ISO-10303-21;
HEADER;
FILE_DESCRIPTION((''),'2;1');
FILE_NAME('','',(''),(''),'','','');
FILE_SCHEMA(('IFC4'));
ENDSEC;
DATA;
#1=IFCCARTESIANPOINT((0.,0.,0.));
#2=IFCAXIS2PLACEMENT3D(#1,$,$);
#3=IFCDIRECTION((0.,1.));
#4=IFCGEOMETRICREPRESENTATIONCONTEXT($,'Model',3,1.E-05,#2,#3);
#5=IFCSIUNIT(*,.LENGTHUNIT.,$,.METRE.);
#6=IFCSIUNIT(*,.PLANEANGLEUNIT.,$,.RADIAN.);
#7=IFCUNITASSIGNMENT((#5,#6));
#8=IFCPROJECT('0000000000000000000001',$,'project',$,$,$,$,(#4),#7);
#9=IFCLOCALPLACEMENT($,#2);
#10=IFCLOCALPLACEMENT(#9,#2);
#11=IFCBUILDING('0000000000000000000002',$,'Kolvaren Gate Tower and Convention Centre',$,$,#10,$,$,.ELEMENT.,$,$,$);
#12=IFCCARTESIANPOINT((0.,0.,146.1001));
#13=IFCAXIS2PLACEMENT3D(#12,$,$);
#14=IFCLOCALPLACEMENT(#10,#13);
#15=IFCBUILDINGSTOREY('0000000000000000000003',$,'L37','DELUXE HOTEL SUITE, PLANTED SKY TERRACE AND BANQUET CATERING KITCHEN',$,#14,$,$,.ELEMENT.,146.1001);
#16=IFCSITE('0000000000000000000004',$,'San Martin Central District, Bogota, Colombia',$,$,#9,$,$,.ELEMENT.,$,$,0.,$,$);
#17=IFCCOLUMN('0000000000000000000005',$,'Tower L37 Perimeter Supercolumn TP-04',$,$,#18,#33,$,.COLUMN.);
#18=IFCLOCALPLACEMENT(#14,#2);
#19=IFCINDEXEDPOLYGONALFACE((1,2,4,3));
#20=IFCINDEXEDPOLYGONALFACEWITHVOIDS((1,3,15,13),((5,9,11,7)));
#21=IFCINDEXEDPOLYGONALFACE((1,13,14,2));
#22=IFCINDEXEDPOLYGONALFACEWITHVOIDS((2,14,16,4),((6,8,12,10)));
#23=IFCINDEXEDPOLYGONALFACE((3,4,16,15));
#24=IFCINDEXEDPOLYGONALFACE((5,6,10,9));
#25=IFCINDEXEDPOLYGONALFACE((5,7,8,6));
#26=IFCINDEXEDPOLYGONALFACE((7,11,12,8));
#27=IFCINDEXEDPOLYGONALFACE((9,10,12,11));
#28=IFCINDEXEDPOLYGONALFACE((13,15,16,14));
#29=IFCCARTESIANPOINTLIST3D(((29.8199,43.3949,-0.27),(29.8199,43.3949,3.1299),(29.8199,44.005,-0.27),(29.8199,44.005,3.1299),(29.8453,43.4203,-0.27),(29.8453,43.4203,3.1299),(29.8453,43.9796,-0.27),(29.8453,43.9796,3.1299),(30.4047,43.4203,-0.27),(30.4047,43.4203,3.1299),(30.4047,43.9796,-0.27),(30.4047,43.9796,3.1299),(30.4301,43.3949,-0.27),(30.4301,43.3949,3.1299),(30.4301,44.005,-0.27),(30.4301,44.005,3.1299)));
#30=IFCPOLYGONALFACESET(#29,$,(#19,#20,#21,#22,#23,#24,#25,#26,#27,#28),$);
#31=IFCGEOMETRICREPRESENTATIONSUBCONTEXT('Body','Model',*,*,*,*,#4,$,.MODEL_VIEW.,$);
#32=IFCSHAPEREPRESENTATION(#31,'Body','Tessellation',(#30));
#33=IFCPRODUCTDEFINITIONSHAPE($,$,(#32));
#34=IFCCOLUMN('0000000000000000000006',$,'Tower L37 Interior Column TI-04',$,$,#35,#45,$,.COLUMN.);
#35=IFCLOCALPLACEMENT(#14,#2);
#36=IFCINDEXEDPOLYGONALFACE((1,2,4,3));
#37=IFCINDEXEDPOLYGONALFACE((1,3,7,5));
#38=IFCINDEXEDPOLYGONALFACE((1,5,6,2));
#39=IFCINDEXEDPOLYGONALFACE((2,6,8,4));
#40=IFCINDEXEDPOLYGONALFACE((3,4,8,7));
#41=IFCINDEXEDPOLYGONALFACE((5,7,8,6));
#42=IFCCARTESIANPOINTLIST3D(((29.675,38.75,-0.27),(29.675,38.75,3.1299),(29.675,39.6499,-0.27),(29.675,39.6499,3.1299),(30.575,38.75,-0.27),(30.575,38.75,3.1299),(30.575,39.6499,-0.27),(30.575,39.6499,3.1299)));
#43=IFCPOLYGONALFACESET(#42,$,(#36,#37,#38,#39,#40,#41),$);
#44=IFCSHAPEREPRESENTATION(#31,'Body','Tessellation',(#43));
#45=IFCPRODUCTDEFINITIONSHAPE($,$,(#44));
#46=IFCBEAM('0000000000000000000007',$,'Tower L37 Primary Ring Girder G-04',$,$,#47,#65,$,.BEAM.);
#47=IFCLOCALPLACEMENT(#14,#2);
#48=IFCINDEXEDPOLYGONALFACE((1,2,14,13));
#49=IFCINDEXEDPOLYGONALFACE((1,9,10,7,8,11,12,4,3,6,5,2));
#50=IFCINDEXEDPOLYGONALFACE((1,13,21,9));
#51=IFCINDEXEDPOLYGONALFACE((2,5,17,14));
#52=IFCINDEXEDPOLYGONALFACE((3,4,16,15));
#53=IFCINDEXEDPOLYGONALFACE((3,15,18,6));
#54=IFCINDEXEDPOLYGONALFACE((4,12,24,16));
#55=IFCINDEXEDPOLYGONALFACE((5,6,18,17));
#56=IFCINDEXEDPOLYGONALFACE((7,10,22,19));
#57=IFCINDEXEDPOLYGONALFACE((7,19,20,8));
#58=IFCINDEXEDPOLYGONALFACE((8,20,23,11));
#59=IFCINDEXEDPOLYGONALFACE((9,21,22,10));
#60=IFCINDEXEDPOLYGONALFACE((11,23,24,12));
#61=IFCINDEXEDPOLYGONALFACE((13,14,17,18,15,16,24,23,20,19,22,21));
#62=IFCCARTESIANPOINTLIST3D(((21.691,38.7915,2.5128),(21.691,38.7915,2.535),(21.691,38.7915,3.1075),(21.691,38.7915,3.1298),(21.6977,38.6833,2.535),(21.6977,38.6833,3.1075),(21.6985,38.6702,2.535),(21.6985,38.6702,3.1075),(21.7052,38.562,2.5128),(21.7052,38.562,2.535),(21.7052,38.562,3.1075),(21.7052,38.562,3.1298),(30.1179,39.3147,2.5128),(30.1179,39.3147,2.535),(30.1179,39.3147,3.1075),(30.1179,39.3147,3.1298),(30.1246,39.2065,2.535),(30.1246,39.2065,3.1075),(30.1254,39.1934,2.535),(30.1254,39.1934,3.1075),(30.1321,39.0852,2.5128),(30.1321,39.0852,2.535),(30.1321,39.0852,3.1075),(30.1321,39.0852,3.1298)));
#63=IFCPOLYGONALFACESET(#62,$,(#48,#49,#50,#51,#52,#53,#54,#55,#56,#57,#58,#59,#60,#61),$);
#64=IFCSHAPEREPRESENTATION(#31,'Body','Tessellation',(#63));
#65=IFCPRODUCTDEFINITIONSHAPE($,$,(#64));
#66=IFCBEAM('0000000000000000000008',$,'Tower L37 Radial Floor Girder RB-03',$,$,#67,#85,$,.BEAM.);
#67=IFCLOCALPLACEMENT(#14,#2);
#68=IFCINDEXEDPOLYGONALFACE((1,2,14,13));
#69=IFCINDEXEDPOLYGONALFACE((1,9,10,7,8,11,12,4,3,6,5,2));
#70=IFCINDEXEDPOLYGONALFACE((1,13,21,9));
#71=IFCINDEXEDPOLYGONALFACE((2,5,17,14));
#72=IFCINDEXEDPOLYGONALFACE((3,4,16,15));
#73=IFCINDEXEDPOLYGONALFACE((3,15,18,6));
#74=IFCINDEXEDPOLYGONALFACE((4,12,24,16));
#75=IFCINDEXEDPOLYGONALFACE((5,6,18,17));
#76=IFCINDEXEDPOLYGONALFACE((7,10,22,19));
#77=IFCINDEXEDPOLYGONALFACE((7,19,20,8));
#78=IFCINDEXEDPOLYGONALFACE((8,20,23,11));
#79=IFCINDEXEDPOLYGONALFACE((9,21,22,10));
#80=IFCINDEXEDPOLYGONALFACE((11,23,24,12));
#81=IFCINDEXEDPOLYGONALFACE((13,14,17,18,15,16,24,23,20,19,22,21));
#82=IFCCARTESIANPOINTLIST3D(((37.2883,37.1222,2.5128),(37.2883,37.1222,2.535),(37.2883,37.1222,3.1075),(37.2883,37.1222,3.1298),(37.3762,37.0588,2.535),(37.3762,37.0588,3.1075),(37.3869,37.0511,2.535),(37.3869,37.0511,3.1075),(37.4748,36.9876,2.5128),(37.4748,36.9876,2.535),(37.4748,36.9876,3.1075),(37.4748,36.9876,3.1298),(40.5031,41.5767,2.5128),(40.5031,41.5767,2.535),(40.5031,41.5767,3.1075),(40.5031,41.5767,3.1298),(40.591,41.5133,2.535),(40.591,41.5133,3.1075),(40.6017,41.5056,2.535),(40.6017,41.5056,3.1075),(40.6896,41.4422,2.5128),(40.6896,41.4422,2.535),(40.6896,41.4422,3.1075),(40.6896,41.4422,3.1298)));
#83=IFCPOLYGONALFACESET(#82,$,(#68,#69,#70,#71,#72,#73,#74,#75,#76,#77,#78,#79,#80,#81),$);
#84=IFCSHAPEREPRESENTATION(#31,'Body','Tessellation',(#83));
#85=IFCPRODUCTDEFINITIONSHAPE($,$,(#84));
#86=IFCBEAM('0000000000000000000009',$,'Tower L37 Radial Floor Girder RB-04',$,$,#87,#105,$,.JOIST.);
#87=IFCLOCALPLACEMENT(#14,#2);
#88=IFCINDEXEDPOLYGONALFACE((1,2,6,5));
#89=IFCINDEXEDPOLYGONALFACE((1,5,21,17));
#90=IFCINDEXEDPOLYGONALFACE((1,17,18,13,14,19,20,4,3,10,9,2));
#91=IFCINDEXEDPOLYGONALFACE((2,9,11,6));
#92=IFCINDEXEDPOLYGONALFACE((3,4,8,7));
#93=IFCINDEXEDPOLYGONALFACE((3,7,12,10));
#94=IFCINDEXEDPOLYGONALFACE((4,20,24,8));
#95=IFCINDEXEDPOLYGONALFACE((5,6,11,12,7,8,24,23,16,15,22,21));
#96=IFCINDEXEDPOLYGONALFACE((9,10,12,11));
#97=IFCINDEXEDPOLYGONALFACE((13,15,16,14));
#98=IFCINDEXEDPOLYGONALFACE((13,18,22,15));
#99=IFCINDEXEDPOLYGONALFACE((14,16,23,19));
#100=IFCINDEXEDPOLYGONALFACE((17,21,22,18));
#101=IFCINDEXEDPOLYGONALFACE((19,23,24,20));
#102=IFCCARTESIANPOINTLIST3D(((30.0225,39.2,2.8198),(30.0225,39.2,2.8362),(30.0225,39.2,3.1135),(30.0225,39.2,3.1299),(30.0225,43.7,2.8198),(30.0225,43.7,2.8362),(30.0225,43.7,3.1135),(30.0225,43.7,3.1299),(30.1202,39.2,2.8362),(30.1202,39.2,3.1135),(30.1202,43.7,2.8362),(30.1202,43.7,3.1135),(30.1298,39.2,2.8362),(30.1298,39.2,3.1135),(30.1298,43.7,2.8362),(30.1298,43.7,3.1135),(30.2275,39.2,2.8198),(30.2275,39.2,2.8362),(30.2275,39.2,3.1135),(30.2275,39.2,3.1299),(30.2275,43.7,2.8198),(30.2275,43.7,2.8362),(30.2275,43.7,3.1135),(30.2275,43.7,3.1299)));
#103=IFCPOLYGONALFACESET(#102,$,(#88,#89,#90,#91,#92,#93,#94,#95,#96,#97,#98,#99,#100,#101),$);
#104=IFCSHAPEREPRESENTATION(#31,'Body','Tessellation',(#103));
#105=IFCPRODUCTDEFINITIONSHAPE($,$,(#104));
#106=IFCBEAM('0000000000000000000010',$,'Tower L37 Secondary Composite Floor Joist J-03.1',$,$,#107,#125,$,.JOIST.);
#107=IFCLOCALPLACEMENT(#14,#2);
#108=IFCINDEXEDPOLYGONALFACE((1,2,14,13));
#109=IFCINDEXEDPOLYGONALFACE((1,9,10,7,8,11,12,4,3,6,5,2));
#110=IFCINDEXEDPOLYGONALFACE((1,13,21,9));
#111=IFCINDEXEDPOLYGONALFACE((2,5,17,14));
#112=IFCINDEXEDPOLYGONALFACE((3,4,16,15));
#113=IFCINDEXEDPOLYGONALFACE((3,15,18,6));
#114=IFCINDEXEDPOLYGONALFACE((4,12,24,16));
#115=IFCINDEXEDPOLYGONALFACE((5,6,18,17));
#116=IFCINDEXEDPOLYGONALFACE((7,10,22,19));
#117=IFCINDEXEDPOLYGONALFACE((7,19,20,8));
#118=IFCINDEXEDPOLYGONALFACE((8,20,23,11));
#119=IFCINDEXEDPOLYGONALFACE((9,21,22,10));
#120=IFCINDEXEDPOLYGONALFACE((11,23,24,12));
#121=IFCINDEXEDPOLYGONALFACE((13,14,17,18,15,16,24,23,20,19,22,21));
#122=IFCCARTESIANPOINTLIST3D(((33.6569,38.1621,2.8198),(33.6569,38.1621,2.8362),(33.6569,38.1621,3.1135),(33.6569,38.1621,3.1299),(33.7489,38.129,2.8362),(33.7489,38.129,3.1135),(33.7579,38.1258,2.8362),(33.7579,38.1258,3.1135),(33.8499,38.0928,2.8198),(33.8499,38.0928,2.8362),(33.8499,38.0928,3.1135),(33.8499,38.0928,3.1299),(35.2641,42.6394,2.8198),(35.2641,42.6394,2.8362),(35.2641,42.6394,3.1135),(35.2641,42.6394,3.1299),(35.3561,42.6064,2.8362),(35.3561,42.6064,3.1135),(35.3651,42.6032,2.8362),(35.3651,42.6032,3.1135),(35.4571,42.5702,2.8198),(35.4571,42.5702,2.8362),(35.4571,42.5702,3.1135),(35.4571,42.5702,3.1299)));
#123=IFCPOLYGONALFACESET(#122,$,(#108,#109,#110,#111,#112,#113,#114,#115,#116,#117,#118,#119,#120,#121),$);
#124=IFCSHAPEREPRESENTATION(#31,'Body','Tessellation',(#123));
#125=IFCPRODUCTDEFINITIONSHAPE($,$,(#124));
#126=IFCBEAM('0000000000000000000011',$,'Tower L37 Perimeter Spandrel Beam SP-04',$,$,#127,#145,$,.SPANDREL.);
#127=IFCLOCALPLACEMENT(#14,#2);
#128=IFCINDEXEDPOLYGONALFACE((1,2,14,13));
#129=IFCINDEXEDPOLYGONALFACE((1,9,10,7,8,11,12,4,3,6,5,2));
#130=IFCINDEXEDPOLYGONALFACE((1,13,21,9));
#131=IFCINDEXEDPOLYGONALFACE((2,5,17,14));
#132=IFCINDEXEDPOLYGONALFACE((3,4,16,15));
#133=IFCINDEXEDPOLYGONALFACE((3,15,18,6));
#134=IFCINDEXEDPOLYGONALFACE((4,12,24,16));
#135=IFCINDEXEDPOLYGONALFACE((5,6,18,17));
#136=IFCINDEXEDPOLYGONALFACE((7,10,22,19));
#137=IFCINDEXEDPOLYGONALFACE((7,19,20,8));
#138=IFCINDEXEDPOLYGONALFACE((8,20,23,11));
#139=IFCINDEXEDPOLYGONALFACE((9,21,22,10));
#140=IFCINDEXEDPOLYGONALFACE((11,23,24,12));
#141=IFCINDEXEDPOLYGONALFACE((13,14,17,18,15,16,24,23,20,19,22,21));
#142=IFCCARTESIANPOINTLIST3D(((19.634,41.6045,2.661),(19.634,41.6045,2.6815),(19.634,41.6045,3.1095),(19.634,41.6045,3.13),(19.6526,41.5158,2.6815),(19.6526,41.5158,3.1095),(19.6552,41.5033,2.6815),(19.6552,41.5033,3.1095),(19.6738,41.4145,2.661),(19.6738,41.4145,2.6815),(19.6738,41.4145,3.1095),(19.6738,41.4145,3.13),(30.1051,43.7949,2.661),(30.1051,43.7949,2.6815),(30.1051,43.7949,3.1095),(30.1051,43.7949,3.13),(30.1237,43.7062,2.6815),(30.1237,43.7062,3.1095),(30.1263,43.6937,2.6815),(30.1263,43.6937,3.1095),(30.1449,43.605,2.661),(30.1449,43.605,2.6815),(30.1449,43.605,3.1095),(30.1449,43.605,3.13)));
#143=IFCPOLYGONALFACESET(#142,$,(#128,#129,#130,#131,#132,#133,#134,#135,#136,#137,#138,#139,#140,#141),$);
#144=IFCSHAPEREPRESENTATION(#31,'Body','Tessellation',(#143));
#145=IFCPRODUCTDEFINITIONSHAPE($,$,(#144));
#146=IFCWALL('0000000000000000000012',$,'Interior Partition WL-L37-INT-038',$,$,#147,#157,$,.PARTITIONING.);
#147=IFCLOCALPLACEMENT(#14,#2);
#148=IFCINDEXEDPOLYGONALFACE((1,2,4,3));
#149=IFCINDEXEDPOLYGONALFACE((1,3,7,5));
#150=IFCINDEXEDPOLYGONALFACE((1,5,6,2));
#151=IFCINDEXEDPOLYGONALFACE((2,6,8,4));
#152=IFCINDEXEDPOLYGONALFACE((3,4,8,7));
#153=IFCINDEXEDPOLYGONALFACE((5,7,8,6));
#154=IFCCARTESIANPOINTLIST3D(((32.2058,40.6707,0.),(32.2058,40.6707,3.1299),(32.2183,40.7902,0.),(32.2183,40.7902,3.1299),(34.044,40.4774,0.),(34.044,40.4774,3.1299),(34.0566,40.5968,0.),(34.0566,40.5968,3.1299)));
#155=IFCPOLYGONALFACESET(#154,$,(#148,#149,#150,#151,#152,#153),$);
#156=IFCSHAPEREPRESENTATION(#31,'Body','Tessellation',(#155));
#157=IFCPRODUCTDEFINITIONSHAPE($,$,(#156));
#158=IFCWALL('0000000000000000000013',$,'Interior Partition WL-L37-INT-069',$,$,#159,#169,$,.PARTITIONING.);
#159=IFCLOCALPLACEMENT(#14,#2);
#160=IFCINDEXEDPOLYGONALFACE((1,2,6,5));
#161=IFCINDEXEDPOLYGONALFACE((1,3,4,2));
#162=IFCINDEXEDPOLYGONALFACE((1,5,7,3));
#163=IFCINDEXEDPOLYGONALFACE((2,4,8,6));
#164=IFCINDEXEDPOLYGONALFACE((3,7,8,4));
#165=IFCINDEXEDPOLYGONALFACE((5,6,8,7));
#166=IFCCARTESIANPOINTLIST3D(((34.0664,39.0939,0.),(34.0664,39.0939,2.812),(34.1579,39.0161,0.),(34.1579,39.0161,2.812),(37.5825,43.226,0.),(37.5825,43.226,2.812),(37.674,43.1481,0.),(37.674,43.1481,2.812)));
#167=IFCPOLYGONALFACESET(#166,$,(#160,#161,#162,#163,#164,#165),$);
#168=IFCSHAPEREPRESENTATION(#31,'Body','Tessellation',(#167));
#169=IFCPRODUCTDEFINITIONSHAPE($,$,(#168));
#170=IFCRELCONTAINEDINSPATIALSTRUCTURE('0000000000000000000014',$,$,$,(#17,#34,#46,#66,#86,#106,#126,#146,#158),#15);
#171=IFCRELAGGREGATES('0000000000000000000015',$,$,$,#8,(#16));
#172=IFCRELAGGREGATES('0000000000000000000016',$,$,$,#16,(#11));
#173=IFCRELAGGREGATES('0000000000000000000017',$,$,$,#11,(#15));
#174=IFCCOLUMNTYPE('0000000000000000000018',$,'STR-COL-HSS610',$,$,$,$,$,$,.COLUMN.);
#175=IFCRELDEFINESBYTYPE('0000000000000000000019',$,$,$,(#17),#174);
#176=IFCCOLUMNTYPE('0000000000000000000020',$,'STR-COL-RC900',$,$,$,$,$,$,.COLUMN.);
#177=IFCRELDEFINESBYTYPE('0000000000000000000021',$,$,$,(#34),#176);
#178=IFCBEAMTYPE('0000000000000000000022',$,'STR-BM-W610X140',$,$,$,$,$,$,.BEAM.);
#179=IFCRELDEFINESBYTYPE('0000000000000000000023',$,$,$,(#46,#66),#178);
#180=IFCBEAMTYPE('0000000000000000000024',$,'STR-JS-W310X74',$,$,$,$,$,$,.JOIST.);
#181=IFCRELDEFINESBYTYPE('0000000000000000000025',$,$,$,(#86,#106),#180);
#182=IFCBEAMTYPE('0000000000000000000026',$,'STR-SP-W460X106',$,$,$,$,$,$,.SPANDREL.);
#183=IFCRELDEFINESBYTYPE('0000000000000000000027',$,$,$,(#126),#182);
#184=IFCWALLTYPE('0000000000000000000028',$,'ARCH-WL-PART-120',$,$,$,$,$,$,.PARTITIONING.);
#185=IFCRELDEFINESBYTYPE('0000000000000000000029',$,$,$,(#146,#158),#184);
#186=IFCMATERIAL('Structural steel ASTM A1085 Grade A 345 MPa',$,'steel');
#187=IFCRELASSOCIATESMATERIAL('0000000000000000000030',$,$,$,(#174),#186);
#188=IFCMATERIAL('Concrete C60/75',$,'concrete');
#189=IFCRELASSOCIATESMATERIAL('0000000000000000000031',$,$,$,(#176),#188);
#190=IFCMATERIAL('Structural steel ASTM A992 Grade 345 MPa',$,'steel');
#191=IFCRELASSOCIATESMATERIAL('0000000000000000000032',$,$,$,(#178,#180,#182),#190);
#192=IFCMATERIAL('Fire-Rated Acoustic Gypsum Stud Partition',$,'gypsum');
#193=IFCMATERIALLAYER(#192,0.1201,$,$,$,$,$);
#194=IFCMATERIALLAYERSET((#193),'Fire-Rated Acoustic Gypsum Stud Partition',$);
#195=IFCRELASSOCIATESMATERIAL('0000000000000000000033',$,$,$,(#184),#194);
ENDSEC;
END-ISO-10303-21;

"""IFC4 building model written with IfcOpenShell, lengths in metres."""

from ifc_helpers import new_model, si_unit, direction, frame, frame_2d, origin, origin_2d, place, context, subcontext, project, spatial, rectangle, hollow_rectangle, i_section, extrude, material, layer, layer_set, material_profile, profile_set, type_object, element, save


model = new_model("IFC4")

# Units and contexts
model_context = context("Model", 3, precision=1e-05, world=origin(), true_north=direction((0.0, 1.0)))
body_context = subcontext(model_context, "Body", "Model", "MODEL_VIEW")
ifc_project = project(units=[si_unit("LENGTHUNIT", "METRE"), si_unit("PLANEANGLEUNIT", "RADIAN")], contexts=[model_context])

# Site, building, storey
site_placement = place(None, origin())
site = spatial("IfcSite", under=ifc_project, at=site_placement, Name="San Martin Central District, Bogota, Colombia", CompositionType="ELEMENT", RefElevation=0.0)
building_placement = place(site_placement, origin())
building = spatial("IfcBuilding", under=site, at=building_placement, Name="Kolvaren Gate Tower and Convention Centre", CompositionType="ELEMENT")
storey_placement = place(building_placement, frame((0.0, 0.0, 146.1001)))
storey = spatial("IfcBuildingStorey", under=building, at=storey_placement, Name="L37", Description="DELUXE HOTEL SUITE, PLANTED SKY TERRACE AND BANQUET CATERING KITCHEN", CompositionType="ELEMENT", Elevation=146.1001)

# Columns
ifc_material_1 = material(Name="Structural steel ASTM A1085 Grade A 345 MPa", Category="steel")
ifc_material_profile_1 = material_profile(ifc_material_1, hollow_rectangle(XDim=0.6101, YDim=0.6101, WallThickness=0.0254, at=origin_2d()), Name="HSS610X610X25.4")
ifc_profile_set_1 = profile_set([ifc_material_profile_1], Name="Structural steel ASTM A1085 Grade A 345 MPa")
column_type_1 = type_object("IfcColumnType", Name="STR-COL-HSS610", PredefinedType="COLUMN", material=ifc_profile_set_1)
column_1_placement = place(storey_placement, frame((30.125, 43.7, -0.27), z_axis=(0.0, 0.0, 1.0), x_axis=(1.0, 0.0, 0.0)))
element("IfcColumn", 1, at=column_1_placement, inside=storey, type_object=column_type_1, Name="Tower L37 Perimeter Supercolumn TP-04", PredefinedType="COLUMN", context=body_context, shape_type="SweptSolid", body=[
    extrude(hollow_rectangle(XDim=0.6101, YDim=0.6101, WallThickness=0.0254, at=origin_2d()), origin(), (0.0, 0.0, 1.0), 3.3999),
])
ifc_material_2 = material(Name="Concrete C60/75", Category="concrete")
ifc_material_profile_2 = material_profile(ifc_material_2, rectangle(XDim=0.8999, YDim=0.8999, at=origin_2d()), Name="RC-COL-900X900")
ifc_profile_set_2 = profile_set([ifc_material_profile_2], Name="Concrete C60/75")
column_type_2 = type_object("IfcColumnType", Name="STR-COL-RC900", PredefinedType="COLUMN", material=ifc_profile_set_2)
column_2_placement = place(storey_placement, frame((30.125, 39.2, -0.27), z_axis=(0.0, 0.0, 1.0), x_axis=(1.0, 0.0, 0.0)))
element("IfcColumn", 2, at=column_2_placement, inside=storey, type_object=column_type_2, Name="Tower L37 Interior Column TI-04", PredefinedType="COLUMN", context=body_context, shape_type="SweptSolid", body=[
    extrude(rectangle(XDim=0.8999, YDim=0.8999, at=origin_2d()), origin(), (0.0, 0.0, 1.0), 3.3999),
])

# Beams
ifc_material_3 = material(Name="Structural steel ASTM A992 Grade 345 MPa", Category="steel")
ifc_material_profile_3 = material_profile(ifc_material_3, i_section(OverallWidth=0.23, OverallDepth=0.6169, WebThickness=0.0132, FlangeThickness=0.0222, at=origin_2d()), Name="W610X140")
ifc_profile_set_3 = profile_set([ifc_material_profile_3], Name="Structural steel ASTM A992 Grade 345 MPa")
beam_type_1 = type_object("IfcBeamType", Name="STR-BM-W610X140", PredefinedType="BEAM", material=ifc_profile_set_3)
beam_1_placement = place(storey_placement, frame((30.125, 39.2, 2.8213), z_axis=(-0.998078, -0.061966, 0.0), x_axis=(0.061966, -0.998078, 0.0)))
element("IfcBeam", 3, at=beam_1_placement, inside=storey, type_object=beam_type_1, Name="Tower L37 Primary Ring Girder G-04", PredefinedType="BEAM", context=body_context, shape_type="SweptSolid", body=[
    extrude(i_section(OverallWidth=0.23, OverallDepth=0.6169, WebThickness=0.0132, FlangeThickness=0.0222, at=origin_2d()), origin(), (0.0, 0.0, 1.0), 8.4431),
])
beam_2_placement = place(storey_placement, frame((37.3816, 37.0549, 2.8213), z_axis=(0.585208, 0.810883, 0.0), x_axis=(-0.810883, 0.585208, 0.0)))
element("IfcBeam", 4, at=beam_2_placement, inside=storey, type_object=beam_type_1, Name="Tower L37 Radial Floor Girder RB-03", PredefinedType="BEAM", context=body_context, shape_type="SweptSolid", body=[
    extrude(i_section(OverallWidth=0.23, OverallDepth=0.6169, WebThickness=0.0132, FlangeThickness=0.0222, at=origin_2d()), origin(), (0.0, 0.0, 1.0), 5.4934),
])
ifc_material_profile_4 = material_profile(ifc_material_3, i_section(OverallWidth=0.2051, OverallDepth=0.3101, WebThickness=0.0095, FlangeThickness=0.0164, at=origin_2d()), Name="W310X74")
ifc_profile_set_4 = profile_set([ifc_material_profile_4], Name="Structural steel ASTM A992 Grade 345 MPa")
beam_type_2 = type_object("IfcBeamType", Name="STR-JS-W310X74", PredefinedType="JOIST", material=ifc_profile_set_4)
beam_3_placement = place(storey_placement, frame((30.125, 39.2, 2.9749), z_axis=(0.0, 1.0, 0.0), x_axis=(-1.0, 0.0, 0.0)))
element("IfcBeam", 5, at=beam_3_placement, inside=storey, type_object=beam_type_2, Name="Tower L37 Radial Floor Girder RB-04", PredefinedType="JOIST", context=body_context, shape_type="SweptSolid", body=[
    extrude(i_section(OverallWidth=0.2051, OverallDepth=0.3101, WebThickness=0.0095, FlangeThickness=0.0164, at=origin_2d()), origin(), (0.0, 0.0, 1.0), 4.5),
])
beam_4_placement = place(storey_placement, frame((33.7534, 38.1274, 2.9749), z_axis=(0.337854, 0.941198, 0.0), x_axis=(-0.941198, 0.337854, 0.0)))
element("IfcBeam", 6, at=beam_4_placement, inside=storey, type_object=beam_type_2, Name="Tower L37 Secondary Composite Floor Joist J-03.1", PredefinedType="JOIST", context=body_context, shape_type="SweptSolid", body=[
    extrude(i_section(OverallWidth=0.2051, OverallDepth=0.3101, WebThickness=0.0095, FlangeThickness=0.0164, at=origin_2d()), origin(), (0.0, 0.0, 1.0), 4.7571),
])
ifc_material_profile_5 = material_profile(ifc_material_3, i_section(OverallWidth=0.1941, OverallDepth=0.469, WebThickness=0.0127, FlangeThickness=0.0205, at=origin_2d()), Name="W460X106")
ifc_profile_set_5 = profile_set([ifc_material_profile_5], Name="Structural steel ASTM A992 Grade 345 MPa")
beam_type_3 = type_object("IfcBeamType", Name="STR-SP-W460X106", PredefinedType="SPANDREL", material=ifc_profile_set_5)
beam_5_placement = place(storey_placement, frame((30.125, 43.7, 2.8955), z_axis=(-0.978813, -0.204754, 0.0), x_axis=(0.204754, -0.978813, 0.0)))
element("IfcBeam", 7, at=beam_5_placement, inside=storey, type_object=beam_type_3, Name="Tower L37 Perimeter Spandrel Beam SP-04", PredefinedType="SPANDREL", context=body_context, shape_type="SweptSolid", body=[
    extrude(i_section(OverallWidth=0.1941, OverallDepth=0.469, WebThickness=0.0127, FlangeThickness=0.0205, at=origin_2d()), origin(), (0.0, 0.0, 1.0), 10.6978),
])

# Walls
ifc_material_4 = material(Name="Fire-Rated Acoustic Gypsum Stud Partition", Category="gypsum")
ifc_layer_1 = layer(ifc_material_4, 0.1201)
ifc_layer_set_1 = layer_set([ifc_layer_1], Name="Fire-Rated Acoustic Gypsum Stud Partition")
wall_type_1 = type_object("IfcWallType", Name="ARCH-WL-PART-120", PredefinedType="PARTITIONING", material=ifc_layer_set_1)
wall_1_placement = place(storey_placement, frame((32.2119, 40.7305, 0.0), z_axis=(0.0, 0.0, 1.0), x_axis=(0.994513, -0.104616, 0.0)))
element("IfcWall", 8, at=wall_1_placement, inside=storey, type_object=wall_type_1, Name="Interior Partition WL-L37-INT-038", PredefinedType="PARTITIONING", context=body_context, shape_type="SweptSolid", body=[
    extrude(rectangle(XDim=1.8484, YDim=0.1201, at=frame_2d((0.9243, 0.0))), origin(), (0.0, 0.0, 1.0), 3.1299),
])
wall_2_placement = place(storey_placement, frame((34.1121, 39.0549, 0.0), z_axis=(0.0, 0.0, 1.0), x_axis=(0.64806, 0.761589, 0.0)))
element("IfcWall", 9, at=wall_2_placement, inside=storey, type_object=wall_type_1, Name="Interior Partition WL-L37-INT-069", PredefinedType="PARTITIONING", context=body_context, shape_type="SweptSolid", body=[
    extrude(rectangle(XDim=5.4255, YDim=0.1201, at=frame_2d((2.7129, 0.0))), origin(), (0.0, 0.0, 1.0), 2.812),
])

save(model, "model.ifc")
